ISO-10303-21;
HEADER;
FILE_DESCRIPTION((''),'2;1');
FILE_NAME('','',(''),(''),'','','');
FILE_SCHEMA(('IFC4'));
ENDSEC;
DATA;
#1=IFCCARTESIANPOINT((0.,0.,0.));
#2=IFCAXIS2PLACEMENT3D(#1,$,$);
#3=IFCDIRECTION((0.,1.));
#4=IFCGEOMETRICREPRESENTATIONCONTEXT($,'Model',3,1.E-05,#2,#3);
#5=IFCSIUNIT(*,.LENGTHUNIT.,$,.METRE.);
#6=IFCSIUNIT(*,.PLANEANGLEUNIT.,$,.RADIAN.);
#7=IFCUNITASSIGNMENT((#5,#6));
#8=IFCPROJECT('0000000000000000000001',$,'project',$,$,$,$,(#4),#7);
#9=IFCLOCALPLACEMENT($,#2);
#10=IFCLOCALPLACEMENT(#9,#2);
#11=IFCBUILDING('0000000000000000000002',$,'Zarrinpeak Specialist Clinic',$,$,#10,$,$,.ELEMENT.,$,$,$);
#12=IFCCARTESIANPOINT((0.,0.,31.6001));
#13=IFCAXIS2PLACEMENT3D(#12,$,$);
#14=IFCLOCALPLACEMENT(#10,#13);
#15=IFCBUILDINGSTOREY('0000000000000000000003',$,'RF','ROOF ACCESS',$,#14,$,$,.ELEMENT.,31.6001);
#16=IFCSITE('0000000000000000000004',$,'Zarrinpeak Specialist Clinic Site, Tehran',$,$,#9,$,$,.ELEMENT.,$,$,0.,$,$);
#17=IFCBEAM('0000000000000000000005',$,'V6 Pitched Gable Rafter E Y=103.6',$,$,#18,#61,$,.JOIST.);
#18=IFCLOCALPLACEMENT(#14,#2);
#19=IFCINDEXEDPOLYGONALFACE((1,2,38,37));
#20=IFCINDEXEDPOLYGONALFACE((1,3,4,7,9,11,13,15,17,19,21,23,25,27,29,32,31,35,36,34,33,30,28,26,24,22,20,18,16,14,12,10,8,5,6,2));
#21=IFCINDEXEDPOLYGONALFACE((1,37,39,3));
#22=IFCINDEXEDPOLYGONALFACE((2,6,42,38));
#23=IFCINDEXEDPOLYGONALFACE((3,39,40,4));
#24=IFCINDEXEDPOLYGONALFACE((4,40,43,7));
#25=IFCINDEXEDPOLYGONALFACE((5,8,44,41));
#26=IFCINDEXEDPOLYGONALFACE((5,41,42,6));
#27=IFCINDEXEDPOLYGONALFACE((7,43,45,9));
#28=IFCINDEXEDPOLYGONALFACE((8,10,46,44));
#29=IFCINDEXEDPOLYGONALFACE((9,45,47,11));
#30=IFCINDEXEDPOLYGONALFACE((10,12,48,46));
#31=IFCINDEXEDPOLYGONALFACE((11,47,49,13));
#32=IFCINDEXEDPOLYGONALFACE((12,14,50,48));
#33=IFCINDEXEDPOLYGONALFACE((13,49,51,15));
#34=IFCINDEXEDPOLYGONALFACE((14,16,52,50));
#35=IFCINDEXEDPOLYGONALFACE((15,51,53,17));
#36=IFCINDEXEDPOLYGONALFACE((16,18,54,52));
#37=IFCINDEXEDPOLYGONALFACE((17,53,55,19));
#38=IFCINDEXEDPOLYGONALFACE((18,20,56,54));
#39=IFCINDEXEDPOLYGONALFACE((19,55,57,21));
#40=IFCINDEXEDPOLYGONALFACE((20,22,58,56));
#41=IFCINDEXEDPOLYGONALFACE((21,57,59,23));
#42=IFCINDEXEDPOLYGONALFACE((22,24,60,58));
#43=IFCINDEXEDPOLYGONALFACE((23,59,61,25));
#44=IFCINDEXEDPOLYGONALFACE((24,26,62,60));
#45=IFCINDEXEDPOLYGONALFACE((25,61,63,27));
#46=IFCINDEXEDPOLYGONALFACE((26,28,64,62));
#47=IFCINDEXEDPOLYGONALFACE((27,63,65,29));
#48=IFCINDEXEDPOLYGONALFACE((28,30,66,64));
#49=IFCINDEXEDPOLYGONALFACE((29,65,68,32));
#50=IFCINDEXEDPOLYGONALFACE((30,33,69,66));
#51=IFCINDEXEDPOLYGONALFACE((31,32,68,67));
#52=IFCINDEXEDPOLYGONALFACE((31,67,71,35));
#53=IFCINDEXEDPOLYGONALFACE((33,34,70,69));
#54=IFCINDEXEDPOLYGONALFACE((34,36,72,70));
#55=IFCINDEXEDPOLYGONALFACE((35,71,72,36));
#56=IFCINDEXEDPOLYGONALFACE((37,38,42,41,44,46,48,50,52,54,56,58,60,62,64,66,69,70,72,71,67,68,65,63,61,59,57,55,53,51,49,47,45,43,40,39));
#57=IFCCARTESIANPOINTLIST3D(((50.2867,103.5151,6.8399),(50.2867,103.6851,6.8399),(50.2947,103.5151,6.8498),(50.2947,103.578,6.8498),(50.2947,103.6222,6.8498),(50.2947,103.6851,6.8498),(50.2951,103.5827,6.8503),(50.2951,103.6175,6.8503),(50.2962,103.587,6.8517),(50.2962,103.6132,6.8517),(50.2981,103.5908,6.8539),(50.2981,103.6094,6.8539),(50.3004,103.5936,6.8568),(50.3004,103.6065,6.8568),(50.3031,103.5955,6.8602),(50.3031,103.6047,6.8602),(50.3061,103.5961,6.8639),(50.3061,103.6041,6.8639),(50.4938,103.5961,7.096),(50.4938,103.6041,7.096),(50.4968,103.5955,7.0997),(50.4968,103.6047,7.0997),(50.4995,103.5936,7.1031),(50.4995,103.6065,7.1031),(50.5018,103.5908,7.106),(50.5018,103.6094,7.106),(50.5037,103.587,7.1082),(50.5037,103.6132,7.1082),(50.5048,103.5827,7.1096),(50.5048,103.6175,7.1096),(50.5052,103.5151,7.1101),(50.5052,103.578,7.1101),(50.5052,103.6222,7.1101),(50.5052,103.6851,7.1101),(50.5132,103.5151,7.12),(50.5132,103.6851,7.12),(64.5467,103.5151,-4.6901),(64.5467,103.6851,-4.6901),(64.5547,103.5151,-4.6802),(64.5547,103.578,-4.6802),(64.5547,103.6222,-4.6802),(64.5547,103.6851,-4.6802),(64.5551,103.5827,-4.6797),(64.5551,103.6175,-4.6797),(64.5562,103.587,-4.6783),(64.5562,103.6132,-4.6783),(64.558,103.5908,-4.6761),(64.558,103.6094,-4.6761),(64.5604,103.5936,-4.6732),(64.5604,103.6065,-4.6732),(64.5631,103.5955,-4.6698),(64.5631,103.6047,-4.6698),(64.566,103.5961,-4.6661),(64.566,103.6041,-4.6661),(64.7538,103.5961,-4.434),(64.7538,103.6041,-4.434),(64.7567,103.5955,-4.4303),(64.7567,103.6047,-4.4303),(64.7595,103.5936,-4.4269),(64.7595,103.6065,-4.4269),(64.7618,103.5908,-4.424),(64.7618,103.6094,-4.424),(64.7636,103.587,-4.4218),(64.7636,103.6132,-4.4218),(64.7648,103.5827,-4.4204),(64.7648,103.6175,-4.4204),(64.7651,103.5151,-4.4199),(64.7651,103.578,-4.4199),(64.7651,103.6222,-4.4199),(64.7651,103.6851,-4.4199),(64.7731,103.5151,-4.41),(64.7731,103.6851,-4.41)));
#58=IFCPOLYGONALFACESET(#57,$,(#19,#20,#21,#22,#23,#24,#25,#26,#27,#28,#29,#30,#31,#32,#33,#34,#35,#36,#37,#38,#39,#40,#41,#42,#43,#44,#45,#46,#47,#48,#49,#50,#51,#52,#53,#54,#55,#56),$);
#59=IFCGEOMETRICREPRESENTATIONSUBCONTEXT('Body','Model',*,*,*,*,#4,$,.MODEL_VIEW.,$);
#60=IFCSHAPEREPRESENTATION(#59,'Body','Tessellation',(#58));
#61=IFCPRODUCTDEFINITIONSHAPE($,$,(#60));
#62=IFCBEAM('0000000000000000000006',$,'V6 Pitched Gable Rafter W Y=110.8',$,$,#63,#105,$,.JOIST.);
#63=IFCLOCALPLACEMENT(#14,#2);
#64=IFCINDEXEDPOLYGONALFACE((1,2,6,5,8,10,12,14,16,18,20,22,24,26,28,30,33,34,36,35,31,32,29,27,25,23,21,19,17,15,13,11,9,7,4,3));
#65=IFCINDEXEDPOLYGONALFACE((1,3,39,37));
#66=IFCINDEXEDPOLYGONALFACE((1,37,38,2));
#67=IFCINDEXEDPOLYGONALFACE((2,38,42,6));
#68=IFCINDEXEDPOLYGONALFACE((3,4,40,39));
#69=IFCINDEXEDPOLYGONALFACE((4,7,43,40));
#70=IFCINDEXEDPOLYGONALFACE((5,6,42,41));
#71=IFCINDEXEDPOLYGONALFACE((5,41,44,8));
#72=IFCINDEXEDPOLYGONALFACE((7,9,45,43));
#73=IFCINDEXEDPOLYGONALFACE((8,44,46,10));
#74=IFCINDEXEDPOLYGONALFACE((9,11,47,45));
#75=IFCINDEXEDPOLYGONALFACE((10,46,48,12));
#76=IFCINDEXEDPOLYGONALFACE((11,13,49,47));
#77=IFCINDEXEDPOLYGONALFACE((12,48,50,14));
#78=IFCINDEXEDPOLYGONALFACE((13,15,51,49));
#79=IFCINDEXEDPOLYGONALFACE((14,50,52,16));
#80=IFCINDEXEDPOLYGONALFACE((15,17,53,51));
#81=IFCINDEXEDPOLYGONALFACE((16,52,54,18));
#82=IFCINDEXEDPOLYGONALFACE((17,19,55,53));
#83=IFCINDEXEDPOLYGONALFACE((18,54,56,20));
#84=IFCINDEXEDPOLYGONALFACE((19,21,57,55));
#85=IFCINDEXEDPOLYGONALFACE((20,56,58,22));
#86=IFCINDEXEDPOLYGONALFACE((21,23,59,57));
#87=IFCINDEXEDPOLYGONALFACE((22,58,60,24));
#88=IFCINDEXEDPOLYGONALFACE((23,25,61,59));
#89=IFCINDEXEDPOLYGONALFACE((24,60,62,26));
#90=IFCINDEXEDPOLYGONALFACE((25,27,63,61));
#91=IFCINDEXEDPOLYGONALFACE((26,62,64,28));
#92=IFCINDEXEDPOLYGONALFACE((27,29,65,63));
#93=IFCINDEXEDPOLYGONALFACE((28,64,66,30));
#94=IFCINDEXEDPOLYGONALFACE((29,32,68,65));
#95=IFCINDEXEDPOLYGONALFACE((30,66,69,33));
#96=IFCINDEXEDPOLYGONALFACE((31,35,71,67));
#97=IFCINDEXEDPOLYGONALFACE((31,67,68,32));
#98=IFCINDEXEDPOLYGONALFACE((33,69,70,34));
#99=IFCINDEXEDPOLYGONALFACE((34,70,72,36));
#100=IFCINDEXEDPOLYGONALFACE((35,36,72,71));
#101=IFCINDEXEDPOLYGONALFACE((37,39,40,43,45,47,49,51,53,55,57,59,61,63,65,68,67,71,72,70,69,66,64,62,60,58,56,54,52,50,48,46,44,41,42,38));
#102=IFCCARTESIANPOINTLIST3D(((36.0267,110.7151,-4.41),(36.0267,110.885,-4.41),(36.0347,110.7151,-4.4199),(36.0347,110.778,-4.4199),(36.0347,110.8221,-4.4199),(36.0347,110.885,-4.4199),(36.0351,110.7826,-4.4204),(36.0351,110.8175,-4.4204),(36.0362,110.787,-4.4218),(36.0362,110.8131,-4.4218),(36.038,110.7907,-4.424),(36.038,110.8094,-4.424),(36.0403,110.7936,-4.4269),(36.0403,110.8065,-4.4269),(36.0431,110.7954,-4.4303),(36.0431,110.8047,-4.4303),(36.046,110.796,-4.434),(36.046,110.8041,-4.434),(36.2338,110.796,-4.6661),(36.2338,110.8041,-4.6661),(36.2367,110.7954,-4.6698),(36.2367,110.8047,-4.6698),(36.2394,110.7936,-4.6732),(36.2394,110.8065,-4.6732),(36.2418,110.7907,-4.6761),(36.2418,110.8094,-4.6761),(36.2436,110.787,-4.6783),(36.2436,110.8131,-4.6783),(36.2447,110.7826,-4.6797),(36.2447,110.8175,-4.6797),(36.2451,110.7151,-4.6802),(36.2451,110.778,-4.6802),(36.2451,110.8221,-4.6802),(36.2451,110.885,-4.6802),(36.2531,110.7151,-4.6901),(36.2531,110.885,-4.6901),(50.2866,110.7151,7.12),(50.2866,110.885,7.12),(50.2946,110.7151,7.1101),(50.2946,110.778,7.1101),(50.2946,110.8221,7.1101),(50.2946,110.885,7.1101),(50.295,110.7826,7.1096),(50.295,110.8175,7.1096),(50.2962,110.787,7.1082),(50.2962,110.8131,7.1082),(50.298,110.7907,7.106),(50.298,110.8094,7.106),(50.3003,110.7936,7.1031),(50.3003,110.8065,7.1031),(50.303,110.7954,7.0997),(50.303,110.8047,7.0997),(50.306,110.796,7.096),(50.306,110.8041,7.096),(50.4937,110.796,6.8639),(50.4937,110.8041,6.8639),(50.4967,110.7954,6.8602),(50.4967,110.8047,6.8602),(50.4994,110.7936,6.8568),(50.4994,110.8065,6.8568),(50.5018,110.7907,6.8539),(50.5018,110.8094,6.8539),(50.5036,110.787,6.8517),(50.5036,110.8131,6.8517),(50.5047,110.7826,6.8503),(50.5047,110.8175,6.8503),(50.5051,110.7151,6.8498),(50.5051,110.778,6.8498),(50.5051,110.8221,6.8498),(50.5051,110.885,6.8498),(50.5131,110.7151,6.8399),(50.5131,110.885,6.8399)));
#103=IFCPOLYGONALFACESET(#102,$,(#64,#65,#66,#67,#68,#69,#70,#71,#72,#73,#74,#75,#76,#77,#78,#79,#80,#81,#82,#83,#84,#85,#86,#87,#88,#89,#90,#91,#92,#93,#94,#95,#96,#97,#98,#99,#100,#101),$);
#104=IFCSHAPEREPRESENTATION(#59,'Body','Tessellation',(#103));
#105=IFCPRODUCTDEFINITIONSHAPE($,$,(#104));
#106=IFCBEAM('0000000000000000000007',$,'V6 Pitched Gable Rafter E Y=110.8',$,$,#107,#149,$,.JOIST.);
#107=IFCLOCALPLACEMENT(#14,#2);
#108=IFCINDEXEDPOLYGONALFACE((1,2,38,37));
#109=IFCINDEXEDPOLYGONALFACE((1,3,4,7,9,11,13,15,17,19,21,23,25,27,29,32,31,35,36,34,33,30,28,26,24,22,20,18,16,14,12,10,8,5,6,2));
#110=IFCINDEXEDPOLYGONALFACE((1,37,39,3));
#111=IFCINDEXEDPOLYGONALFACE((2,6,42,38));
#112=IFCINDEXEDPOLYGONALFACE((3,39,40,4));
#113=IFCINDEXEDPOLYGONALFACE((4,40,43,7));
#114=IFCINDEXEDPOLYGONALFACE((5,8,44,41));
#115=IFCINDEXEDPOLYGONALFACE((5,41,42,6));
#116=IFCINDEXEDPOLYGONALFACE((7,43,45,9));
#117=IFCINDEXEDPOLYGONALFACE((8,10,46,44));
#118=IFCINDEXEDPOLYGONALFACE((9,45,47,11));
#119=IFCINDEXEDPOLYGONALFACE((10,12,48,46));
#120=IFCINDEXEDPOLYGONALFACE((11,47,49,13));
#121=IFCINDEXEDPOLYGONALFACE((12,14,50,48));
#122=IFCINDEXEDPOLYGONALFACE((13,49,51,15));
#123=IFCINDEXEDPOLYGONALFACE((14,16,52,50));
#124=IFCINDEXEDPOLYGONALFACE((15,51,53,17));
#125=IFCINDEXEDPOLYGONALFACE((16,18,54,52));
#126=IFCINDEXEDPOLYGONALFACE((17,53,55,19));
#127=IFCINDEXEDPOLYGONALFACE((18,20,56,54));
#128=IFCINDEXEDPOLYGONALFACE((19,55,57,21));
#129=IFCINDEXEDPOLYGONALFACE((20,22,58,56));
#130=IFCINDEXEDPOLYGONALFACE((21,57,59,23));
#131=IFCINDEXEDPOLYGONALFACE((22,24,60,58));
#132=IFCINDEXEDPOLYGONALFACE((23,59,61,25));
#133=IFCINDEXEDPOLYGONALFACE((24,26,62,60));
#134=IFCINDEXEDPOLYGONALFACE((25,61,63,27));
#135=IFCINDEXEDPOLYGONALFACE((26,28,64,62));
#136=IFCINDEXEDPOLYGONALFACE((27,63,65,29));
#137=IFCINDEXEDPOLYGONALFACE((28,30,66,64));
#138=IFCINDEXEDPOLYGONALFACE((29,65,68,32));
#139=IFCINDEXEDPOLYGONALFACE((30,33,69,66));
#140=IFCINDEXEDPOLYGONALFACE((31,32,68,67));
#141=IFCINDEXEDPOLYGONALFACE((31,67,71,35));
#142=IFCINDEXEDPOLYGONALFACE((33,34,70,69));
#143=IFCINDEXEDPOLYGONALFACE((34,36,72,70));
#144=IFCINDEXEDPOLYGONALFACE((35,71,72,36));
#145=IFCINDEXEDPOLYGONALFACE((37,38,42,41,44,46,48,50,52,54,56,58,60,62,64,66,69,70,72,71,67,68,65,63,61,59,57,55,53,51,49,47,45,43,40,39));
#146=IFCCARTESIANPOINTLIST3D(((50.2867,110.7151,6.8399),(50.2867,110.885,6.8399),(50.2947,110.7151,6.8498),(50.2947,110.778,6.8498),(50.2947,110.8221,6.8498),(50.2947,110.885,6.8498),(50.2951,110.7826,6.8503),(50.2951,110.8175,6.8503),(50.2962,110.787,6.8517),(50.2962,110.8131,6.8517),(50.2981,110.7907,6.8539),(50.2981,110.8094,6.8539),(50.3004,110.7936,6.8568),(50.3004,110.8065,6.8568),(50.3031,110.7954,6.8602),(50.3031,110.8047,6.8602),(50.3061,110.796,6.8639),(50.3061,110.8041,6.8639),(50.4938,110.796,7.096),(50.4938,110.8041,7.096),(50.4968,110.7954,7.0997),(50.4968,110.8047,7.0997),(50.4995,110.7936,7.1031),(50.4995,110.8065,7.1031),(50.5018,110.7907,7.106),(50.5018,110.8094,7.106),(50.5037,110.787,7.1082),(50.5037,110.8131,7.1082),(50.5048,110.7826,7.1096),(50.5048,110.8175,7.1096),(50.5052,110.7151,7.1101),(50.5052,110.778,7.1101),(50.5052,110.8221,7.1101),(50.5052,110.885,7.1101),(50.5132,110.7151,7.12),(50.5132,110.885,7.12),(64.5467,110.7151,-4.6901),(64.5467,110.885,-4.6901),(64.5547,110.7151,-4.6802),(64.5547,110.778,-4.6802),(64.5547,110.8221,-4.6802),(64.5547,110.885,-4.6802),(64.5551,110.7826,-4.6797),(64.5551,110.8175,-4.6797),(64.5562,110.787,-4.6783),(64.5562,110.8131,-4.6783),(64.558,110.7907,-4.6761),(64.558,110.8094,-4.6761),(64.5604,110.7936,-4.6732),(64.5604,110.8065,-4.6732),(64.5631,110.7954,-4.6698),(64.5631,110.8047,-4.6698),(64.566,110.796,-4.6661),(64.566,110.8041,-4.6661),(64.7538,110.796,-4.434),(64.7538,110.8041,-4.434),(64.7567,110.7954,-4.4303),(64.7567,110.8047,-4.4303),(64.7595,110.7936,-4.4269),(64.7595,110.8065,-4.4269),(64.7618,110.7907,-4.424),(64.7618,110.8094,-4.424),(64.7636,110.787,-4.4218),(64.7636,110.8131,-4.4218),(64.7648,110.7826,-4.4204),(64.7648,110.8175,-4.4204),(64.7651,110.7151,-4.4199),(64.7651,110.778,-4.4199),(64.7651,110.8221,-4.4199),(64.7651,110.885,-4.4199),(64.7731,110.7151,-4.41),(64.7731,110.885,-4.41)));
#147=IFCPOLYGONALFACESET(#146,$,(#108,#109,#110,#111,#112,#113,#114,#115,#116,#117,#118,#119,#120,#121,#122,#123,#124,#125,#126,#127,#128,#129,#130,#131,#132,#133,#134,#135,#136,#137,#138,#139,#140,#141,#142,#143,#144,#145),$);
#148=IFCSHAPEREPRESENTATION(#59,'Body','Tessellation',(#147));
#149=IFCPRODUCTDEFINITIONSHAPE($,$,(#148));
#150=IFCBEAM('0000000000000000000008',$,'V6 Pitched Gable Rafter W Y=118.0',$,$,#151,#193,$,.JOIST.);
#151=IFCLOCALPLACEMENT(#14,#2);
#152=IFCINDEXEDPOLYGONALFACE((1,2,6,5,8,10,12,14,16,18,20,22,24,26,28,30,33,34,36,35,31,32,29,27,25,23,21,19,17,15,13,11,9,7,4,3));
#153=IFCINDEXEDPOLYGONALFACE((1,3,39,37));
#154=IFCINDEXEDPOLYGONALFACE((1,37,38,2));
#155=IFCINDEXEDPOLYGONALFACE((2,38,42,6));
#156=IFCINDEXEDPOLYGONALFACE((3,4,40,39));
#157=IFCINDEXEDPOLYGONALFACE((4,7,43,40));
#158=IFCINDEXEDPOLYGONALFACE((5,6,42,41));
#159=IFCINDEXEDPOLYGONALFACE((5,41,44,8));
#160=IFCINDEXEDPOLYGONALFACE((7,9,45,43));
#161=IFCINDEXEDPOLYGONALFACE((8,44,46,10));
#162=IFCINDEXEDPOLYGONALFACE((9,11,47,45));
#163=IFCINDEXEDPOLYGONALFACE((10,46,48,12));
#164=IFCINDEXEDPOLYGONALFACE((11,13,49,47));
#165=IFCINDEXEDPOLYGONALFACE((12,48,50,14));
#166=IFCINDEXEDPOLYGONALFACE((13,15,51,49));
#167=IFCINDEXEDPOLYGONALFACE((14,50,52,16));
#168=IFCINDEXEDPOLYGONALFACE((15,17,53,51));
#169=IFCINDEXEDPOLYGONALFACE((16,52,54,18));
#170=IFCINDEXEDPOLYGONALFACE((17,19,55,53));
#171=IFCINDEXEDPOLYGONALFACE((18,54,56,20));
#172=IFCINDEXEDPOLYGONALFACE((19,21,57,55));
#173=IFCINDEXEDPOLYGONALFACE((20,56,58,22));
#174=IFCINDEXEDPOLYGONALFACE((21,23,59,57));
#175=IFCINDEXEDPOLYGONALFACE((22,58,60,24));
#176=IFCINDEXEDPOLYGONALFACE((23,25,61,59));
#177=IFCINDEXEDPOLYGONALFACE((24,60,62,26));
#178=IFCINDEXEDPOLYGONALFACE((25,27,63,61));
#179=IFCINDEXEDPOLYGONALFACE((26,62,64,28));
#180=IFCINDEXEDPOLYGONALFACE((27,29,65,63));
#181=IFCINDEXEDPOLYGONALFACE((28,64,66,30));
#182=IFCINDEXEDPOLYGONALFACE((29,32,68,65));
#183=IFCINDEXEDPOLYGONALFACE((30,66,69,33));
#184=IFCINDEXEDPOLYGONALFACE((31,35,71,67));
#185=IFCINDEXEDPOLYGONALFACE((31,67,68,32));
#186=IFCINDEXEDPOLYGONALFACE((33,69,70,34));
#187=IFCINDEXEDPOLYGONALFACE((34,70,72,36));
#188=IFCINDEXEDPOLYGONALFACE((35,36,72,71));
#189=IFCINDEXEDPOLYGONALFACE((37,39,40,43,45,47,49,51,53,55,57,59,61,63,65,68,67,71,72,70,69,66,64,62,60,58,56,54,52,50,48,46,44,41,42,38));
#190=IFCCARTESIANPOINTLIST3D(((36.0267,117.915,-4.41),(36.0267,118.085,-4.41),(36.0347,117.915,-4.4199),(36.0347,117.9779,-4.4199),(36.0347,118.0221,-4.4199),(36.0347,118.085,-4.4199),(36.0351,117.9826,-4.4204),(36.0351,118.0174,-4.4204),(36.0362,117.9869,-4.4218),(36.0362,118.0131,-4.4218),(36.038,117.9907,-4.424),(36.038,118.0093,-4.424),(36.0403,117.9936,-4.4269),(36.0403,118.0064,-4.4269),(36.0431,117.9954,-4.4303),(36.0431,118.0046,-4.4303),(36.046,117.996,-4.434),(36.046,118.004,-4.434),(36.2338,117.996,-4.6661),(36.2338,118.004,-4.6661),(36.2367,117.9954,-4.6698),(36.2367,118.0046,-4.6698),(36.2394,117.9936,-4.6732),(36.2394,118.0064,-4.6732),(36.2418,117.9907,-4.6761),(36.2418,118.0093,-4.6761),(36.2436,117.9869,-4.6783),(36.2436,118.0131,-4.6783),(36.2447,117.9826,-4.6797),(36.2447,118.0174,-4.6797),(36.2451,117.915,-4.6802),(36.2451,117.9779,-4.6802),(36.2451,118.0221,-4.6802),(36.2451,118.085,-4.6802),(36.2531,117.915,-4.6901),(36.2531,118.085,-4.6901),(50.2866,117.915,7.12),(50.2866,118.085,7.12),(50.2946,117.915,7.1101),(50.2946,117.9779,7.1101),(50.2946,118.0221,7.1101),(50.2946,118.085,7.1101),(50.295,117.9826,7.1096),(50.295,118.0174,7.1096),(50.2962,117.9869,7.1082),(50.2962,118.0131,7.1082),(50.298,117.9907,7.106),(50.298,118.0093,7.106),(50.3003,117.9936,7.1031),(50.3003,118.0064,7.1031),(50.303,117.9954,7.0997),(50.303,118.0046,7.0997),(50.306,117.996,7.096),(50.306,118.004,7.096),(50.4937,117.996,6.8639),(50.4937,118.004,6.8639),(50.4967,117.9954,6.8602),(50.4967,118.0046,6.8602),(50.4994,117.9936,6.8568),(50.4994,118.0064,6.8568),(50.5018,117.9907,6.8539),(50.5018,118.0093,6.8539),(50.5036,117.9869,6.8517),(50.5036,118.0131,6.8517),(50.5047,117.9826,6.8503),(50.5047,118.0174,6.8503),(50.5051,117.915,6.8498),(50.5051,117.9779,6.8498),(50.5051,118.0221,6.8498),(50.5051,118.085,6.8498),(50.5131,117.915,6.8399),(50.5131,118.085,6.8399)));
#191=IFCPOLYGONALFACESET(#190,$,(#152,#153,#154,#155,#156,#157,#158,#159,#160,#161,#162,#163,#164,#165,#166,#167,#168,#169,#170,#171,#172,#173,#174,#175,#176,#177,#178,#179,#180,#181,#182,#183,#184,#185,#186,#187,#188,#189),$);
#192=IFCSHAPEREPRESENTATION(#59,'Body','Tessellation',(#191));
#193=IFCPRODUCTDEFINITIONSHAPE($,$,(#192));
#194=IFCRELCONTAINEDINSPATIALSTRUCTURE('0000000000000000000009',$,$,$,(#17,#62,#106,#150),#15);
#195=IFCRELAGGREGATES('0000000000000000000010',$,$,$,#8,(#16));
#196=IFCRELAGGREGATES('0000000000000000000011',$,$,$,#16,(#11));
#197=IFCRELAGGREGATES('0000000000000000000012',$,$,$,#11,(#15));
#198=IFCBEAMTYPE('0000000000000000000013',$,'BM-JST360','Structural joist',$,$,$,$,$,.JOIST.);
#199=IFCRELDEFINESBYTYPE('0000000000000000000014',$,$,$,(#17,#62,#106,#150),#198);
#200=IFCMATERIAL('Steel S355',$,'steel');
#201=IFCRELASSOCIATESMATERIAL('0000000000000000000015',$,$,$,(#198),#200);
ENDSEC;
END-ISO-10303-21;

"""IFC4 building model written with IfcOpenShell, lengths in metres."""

from ifc_helpers import new_model, si_unit, direction, frame, origin, origin_2d, place, context, subcontext, project, spatial, i_section, extrude, material, material_profile, profile_set, type_object, element, save


model = new_model("IFC4")

# Units and contexts
model_context = context("Model", 3, precision=1e-05, world=origin(), true_north=direction((0.0, 1.0)))
body_context = subcontext(model_context, "Body", "Model", "MODEL_VIEW")
ifc_project = project(units=[si_unit("LENGTHUNIT", "METRE"), si_unit("PLANEANGLEUNIT", "RADIAN")], contexts=[model_context])

# Site, building, storey
site_placement = place(None, origin())
site = spatial("IfcSite", under=ifc_project, at=site_placement, Name="Zarrinpeak Specialist Clinic Site, Tehran", CompositionType="ELEMENT", RefElevation=0.0)
building_placement = place(site_placement, origin())
building = spatial("IfcBuilding", under=site, at=building_placement, Name="Zarrinpeak Specialist Clinic", CompositionType="ELEMENT")
storey_placement = place(building_placement, frame((0.0, 0.0, 31.6001)))
storey = spatial("IfcBuildingStorey", under=building, at=storey_placement, Name="RF", Description="ROOF ACCESS", CompositionType="ELEMENT", Elevation=31.6001)

# Shared definitions
ifc_material = material(Name="Steel S355", Category="steel")

# Beams
ifc_material_profile_1 = material_profile(ifc_material, i_section(OverallWidth=0.1699, OverallDepth=0.3601, WebThickness=0.0081, FlangeThickness=0.0127, FilletRadius=0.0181, at=origin_2d()), Name="IPE 360")
ifc_profile_set_1 = profile_set([ifc_material_profile_1], Name="Steel S355")
beam_type_1 = type_object("IfcBeamType", Name="BM-JST360", Description="Structural joist", PredefinedType="JOIST", material=ifc_profile_set_1)
for number, where, z_axis, x_axis, name in (
    (1, (64.6599, 103.6001, -4.55), (-0.777612, 0.0, 0.628744), (0.0, -1.0, 0.0), "V6 Pitched Gable Rafter E Y=103.6"),
    (2, (36.1399, 110.8, -4.55), (0.777612, 0.0, 0.628744), (0.0, 1.0, 0.0), "V6 Pitched Gable Rafter W Y=110.8"),
    (3, (64.6599, 110.8, -4.55), (-0.777612, 0.0, 0.628744), (0.0, -1.0, 0.0), "V6 Pitched Gable Rafter E Y=110.8"),
    (4, (36.1399, 118.0, -4.55), (0.777612, 0.0, 0.628744), (0.0, 1.0, 0.0), "V6 Pitched Gable Rafter W Y=118.0"),
):
    element("IfcBeam", number, at=place(storey_placement, frame(where, z_axis=z_axis, x_axis=x_axis)), inside=storey, type_object=beam_type_1, Name=name, PredefinedType="JOIST", context=body_context, shape_type="SweptSolid", body=[
        extrude(i_section(OverallWidth=0.1699, OverallDepth=0.3601, WebThickness=0.0081, FlangeThickness=0.0127, FilletRadius=0.0181, at=origin_2d()), origin(), (0.0, 0.0, 1.0), 18.3381),
    ])

save(model, "model.ifc")
